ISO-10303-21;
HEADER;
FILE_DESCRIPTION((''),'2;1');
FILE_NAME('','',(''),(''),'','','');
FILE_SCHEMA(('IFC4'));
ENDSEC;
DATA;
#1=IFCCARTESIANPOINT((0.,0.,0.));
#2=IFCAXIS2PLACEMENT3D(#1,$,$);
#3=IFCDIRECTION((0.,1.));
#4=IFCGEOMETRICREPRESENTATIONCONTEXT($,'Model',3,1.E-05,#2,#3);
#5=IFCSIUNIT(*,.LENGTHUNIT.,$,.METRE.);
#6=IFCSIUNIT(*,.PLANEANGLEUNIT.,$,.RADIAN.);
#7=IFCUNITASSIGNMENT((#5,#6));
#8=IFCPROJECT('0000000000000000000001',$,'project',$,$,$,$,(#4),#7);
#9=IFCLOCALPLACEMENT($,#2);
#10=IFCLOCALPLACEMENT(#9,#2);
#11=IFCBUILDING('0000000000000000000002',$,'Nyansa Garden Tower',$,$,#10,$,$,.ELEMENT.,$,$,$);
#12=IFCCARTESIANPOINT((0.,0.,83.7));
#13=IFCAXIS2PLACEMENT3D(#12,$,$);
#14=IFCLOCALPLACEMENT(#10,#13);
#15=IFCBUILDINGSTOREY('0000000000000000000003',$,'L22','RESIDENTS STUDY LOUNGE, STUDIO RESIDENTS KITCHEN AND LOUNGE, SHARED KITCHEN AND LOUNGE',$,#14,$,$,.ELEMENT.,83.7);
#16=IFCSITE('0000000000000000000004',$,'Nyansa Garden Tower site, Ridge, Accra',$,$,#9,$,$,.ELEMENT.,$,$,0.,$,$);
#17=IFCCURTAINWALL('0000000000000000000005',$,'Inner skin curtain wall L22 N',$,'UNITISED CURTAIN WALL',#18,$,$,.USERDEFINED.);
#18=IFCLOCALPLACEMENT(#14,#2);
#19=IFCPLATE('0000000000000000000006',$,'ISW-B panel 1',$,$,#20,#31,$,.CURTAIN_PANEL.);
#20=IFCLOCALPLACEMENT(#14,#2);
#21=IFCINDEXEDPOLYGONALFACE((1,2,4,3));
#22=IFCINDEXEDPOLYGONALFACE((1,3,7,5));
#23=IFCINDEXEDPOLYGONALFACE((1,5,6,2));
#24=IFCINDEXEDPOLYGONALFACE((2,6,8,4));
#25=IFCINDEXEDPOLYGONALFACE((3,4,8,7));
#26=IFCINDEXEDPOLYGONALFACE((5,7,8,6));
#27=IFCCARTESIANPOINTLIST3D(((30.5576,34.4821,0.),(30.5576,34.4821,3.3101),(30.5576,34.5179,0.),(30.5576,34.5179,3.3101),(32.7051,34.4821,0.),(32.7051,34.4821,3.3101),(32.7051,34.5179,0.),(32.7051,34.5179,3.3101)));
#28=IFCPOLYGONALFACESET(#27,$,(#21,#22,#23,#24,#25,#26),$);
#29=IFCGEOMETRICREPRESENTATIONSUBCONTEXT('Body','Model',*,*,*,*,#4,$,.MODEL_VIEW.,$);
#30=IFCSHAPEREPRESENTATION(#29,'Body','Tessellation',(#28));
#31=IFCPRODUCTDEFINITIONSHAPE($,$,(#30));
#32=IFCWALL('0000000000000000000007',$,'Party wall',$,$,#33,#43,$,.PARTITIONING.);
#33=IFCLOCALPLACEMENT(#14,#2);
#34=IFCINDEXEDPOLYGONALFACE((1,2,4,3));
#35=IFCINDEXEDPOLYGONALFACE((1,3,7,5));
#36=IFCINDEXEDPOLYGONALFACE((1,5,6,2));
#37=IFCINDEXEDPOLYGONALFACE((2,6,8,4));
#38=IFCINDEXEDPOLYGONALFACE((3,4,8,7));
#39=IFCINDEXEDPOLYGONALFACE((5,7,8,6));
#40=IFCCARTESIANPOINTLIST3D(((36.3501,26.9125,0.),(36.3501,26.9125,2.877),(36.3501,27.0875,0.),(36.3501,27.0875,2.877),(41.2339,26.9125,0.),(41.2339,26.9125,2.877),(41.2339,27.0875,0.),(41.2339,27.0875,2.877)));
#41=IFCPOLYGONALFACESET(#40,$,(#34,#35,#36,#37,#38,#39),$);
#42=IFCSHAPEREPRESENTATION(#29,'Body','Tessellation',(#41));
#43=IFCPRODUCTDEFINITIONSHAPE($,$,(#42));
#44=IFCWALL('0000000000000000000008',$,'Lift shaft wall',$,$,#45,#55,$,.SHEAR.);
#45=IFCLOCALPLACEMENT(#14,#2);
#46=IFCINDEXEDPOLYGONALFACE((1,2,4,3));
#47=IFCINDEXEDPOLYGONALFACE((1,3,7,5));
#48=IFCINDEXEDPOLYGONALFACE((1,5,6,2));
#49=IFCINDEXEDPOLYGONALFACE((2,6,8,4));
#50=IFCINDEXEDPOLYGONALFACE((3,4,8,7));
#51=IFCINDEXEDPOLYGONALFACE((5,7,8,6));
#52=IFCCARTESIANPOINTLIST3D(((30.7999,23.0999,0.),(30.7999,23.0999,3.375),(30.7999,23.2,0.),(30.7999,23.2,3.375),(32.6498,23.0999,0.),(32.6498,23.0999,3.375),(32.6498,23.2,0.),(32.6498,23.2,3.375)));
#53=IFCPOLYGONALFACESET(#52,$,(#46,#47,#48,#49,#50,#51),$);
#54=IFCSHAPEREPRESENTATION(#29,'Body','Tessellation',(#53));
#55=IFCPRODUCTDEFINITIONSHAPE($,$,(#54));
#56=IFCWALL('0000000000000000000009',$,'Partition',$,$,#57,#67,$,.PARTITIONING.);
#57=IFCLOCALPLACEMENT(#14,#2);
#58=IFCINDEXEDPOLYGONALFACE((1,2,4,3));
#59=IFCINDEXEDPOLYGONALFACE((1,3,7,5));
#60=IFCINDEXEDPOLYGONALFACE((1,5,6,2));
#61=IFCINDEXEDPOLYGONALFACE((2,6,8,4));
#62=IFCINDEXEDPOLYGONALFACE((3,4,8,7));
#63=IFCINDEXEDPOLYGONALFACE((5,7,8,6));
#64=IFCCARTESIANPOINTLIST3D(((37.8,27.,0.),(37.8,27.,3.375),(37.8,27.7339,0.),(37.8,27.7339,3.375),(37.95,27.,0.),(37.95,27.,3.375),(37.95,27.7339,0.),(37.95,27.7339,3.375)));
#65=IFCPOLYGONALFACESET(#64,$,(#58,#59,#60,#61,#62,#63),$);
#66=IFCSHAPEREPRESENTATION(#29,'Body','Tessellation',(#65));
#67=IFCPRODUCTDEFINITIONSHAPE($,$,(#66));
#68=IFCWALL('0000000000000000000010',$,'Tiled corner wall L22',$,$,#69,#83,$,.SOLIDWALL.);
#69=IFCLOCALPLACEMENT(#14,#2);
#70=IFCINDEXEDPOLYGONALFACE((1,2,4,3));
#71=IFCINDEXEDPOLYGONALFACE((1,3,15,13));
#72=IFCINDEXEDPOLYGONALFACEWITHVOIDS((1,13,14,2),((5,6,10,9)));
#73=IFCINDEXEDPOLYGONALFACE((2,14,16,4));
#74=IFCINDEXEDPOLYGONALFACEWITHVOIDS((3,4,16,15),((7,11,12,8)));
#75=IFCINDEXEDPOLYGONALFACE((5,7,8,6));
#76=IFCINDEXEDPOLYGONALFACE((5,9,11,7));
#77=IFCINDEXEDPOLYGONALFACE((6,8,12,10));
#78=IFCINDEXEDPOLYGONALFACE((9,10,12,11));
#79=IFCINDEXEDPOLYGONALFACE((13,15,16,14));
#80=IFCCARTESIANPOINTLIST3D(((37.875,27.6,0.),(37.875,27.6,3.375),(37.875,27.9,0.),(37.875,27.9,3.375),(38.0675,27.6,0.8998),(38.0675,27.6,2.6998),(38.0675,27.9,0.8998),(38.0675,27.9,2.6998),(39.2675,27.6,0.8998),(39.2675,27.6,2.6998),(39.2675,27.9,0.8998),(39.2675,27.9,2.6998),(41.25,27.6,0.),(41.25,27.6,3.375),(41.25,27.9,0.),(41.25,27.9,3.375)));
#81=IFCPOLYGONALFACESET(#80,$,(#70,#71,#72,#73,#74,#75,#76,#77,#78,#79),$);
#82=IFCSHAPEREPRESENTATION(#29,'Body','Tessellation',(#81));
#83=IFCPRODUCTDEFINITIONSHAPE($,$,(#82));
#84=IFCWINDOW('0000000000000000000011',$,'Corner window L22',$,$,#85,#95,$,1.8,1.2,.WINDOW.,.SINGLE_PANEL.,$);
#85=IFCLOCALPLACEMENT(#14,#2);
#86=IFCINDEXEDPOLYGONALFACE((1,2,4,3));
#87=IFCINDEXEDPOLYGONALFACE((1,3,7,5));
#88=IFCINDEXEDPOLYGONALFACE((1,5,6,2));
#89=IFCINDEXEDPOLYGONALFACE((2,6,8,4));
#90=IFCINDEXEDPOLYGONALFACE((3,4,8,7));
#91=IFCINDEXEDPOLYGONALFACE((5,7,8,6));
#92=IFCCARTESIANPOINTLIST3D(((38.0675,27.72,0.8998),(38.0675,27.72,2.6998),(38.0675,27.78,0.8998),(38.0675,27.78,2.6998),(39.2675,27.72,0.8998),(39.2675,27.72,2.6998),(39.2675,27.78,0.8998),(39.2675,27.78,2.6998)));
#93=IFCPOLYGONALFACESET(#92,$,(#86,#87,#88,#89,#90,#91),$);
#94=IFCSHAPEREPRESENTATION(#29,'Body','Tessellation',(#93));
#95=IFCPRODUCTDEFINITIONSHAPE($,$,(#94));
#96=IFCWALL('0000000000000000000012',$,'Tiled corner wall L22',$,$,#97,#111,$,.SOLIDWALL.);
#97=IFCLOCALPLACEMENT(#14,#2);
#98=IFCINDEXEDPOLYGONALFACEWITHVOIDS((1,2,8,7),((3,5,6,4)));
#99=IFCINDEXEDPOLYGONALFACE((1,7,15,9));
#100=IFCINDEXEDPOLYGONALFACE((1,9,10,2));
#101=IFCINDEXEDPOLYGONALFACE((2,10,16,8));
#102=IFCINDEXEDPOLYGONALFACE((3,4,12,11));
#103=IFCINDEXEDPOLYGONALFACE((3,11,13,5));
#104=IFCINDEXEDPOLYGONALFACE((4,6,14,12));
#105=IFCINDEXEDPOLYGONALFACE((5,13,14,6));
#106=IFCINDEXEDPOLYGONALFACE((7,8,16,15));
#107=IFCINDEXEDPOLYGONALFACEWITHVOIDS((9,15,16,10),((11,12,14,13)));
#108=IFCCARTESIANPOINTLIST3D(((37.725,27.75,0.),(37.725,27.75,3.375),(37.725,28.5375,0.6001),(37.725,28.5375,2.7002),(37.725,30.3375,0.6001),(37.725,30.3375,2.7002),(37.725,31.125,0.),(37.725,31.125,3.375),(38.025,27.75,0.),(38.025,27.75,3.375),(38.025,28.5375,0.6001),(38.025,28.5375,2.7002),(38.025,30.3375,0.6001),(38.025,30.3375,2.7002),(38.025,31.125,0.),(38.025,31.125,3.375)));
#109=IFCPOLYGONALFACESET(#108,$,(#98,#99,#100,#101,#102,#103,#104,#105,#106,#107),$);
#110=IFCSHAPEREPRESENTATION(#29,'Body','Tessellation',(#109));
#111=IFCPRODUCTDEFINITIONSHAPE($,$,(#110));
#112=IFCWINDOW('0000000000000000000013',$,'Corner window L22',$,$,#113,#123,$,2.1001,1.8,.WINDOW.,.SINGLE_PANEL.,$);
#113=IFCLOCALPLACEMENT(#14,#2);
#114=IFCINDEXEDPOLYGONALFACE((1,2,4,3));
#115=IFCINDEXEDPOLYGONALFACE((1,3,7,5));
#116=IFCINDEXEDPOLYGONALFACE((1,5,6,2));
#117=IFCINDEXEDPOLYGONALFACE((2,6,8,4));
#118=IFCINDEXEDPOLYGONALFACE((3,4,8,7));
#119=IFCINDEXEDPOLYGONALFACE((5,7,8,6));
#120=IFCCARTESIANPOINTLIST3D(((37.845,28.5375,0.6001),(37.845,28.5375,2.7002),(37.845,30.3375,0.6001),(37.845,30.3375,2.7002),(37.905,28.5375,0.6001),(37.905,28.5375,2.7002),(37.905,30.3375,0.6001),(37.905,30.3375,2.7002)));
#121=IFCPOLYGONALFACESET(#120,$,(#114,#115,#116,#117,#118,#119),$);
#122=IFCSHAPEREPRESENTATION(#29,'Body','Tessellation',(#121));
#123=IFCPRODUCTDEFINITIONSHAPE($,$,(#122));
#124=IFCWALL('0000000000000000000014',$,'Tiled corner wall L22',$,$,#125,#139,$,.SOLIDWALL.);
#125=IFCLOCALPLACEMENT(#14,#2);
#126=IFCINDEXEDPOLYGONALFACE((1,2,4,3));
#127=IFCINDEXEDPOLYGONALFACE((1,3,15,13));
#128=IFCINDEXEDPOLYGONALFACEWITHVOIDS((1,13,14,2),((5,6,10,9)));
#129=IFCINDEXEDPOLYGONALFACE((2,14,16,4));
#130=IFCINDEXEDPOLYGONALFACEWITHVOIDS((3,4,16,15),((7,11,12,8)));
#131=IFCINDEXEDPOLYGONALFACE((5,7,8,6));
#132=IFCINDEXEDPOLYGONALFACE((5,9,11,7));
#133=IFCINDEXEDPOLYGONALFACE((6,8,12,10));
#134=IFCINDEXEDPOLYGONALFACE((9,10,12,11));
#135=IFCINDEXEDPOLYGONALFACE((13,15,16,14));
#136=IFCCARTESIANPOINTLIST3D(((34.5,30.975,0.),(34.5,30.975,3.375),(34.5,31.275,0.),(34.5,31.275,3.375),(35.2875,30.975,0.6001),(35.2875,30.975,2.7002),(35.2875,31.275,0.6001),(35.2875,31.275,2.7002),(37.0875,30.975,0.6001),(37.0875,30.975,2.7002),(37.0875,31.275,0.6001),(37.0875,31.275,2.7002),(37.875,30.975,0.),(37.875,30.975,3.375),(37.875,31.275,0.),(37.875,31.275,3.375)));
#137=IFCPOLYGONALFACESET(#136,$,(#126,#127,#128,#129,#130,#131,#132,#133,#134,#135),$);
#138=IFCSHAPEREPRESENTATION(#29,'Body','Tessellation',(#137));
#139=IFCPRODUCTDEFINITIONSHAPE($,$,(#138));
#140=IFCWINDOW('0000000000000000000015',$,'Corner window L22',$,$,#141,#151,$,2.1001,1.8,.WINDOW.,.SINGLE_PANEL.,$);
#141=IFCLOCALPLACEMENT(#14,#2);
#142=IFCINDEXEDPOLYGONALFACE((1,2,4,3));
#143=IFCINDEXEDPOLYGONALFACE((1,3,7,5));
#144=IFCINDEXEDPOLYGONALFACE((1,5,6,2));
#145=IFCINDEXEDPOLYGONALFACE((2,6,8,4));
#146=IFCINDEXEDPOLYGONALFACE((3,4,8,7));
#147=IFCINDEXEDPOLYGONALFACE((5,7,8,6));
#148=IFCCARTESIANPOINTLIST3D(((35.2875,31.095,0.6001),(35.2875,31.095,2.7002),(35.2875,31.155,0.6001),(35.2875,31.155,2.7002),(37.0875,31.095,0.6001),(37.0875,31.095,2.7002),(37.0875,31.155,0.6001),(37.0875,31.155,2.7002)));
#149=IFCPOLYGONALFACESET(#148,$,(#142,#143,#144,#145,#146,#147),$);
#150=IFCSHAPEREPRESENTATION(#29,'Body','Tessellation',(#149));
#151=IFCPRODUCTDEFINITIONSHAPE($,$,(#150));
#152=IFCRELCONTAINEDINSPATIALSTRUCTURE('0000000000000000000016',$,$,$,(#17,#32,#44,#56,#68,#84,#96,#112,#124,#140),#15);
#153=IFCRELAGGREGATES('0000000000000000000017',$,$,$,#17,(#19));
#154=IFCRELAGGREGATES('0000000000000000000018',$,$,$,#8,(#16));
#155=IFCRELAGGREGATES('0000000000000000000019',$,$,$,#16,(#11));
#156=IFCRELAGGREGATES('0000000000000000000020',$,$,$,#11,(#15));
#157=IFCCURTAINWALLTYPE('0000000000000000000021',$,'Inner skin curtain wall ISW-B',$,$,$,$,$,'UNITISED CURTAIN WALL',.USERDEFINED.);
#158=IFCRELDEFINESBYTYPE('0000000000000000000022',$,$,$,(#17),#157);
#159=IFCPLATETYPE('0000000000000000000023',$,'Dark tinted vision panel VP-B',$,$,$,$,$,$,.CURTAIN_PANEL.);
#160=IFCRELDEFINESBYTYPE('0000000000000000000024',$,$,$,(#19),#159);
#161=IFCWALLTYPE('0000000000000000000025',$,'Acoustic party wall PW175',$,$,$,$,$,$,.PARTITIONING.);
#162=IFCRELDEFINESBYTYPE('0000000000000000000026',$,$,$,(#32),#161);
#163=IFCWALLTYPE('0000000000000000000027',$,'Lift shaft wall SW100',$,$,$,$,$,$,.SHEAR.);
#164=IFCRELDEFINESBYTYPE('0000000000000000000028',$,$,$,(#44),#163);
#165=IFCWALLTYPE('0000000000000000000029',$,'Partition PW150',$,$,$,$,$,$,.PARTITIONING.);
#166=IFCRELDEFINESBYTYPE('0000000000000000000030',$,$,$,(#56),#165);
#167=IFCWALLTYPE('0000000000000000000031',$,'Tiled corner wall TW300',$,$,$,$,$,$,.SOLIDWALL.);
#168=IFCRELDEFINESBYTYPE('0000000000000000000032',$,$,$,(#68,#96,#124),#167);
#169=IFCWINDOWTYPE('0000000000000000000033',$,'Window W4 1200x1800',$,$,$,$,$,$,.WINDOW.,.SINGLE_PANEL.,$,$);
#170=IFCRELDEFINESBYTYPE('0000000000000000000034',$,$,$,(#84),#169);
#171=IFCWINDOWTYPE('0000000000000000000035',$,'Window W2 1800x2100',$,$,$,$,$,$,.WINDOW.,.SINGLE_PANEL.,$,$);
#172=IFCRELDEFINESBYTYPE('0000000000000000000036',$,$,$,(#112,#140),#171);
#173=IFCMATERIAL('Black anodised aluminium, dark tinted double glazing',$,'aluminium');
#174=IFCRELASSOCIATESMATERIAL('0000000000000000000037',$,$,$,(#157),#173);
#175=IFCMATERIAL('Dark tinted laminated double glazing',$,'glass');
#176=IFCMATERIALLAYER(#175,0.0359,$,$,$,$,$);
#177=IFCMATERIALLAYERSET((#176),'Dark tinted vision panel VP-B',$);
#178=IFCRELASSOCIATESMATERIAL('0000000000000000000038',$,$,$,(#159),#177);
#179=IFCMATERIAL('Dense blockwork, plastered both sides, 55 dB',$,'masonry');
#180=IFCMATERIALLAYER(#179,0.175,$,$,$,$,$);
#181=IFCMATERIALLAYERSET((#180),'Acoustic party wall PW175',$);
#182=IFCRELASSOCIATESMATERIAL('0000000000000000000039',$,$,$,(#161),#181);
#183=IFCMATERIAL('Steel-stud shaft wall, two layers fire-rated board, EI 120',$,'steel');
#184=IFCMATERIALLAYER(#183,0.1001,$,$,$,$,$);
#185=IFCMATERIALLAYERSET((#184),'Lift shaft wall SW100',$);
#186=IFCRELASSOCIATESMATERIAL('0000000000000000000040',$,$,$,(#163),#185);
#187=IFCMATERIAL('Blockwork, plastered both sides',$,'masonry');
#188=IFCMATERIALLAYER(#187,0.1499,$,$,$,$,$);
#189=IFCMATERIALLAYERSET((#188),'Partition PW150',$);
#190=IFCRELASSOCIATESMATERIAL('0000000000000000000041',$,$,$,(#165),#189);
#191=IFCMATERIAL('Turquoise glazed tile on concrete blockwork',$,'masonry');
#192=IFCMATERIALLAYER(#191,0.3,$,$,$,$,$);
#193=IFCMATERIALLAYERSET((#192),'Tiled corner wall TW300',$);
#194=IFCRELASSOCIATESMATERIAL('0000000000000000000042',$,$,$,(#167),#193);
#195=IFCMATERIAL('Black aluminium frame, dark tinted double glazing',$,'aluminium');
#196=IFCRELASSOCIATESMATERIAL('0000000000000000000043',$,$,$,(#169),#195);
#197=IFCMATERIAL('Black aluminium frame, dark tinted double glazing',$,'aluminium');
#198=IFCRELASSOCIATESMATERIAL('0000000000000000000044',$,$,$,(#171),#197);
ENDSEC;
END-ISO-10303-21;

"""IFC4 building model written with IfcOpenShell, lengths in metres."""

from ifc_helpers import new_model, si_unit, direction, frame, frame_2d, origin, origin_2d, place, context, subcontext, project, spatial, rectangle, extrude, material, layer, layer_set, type_object, element, fill, aggregate, save


model = new_model("IFC4")

# Units and contexts
model_context = context("Model", 3, precision=1e-05, world=origin(), true_north=direction((0.0, 1.0)))
body_context = subcontext(model_context, "Body", "Model", "MODEL_VIEW")
ifc_project = project(units=[si_unit("LENGTHUNIT", "METRE"), si_unit("PLANEANGLEUNIT", "RADIAN")], contexts=[model_context])

# Site, building, storey
site_placement = place(None, origin())
site = spatial("IfcSite", under=ifc_project, at=site_placement, Name="Nyansa Garden Tower site, Ridge, Accra", CompositionType="ELEMENT", RefElevation=0.0)
building_placement = place(site_placement, origin())
building = spatial("IfcBuilding", under=site, at=building_placement, Name="Nyansa Garden Tower", CompositionType="ELEMENT")
storey_placement = place(building_placement, frame((0.0, 0.0, 83.7)))
storey = spatial("IfcBuildingStorey", under=building, at=storey_placement, Name="L22", Description="RESIDENTS STUDY LOUNGE, STUDIO RESIDENTS KITCHEN AND LOUNGE, SHARED KITCHEN AND LOUNGE", CompositionType="ELEMENT", Elevation=83.7)

# Shared definitions
ifc_material_1 = material(Name="Black anodised aluminium, dark tinted double glazing", Category="aluminium")
curtain_wall_type = type_object("IfcCurtainWallType", Name="Inner skin curtain wall ISW-B", ElementType="UNITISED CURTAIN WALL", PredefinedType="USERDEFINED", material=ifc_material_1)

# Curtain wall
curtain_wall_1_placement = place(storey_placement, origin())
curtain_wall_1 = element("IfcCurtainWall", 1, at=curtain_wall_1_placement, inside=storey, type_object=curtain_wall_type, Name="Inner skin curtain wall L22 N", ObjectType="UNITISED CURTAIN WALL", PredefinedType="USERDEFINED")

# Plate
ifc_material_2 = material(Name="Dark tinted laminated double glazing", Category="glass")
ifc_layer_1 = layer(ifc_material_2, 0.0359)
ifc_layer_set_1 = layer_set([ifc_layer_1], Name="Dark tinted vision panel VP-B")
plate_type = type_object("IfcPlateType", Name="Dark tinted vision panel VP-B", PredefinedType="CURTAIN_PANEL", material=ifc_layer_set_1)
plate_1_placement = place(storey_placement, frame((31.6313, 34.5, 0.0), z_axis=(0.0, 0.0, 1.0), x_axis=(-1.0, 0.0, 0.0)))
plate_1 = element("IfcPlate", 2, at=plate_1_placement, type_object=plate_type, Name="ISW-B panel 1", PredefinedType="CURTAIN_PANEL", context=body_context, shape_type="SweptSolid", body=[
    extrude(rectangle(XDim=2.1475, YDim=0.0359, at=origin_2d()), origin(), (0.0, 0.0, 1.0), 3.3101),
])
aggregate(curtain_wall_1, [plate_1])

# Walls
ifc_material_3 = material(Name="Dense blockwork, plastered both sides, 55 dB", Category="masonry")
ifc_layer_2 = layer(ifc_material_3, 0.175)
ifc_layer_set_2 = layer_set([ifc_layer_2], Name="Acoustic party wall PW175")
wall_type_1 = type_object("IfcWallType", Name="Acoustic party wall PW175", PredefinedType="PARTITIONING", material=ifc_layer_set_2)
wall_1_placement = place(storey_placement, frame((36.3501, 27.0, 0.0), z_axis=(0.0, 0.0, 1.0), x_axis=(1.0, 0.0, 0.0)))
element("IfcWall", 3, at=wall_1_placement, inside=storey, type_object=wall_type_1, Name="Party wall", PredefinedType="PARTITIONING", context=body_context, shape_type="SweptSolid", body=[
    extrude(rectangle(XDim=4.8838, YDim=0.175, at=frame_2d((2.4419, 0.0))), origin(), (0.0, 0.0, 1.0), 2.877),
])
ifc_material_4 = material(Name="Steel-stud shaft wall, two layers fire-rated board, EI 120", Category="steel")
ifc_layer_3 = layer(ifc_material_4, 0.1001)
ifc_layer_set_3 = layer_set([ifc_layer_3], Name="Lift shaft wall SW100")
wall_type_2 = type_object("IfcWallType", Name="Lift shaft wall SW100", PredefinedType="SHEAR", material=ifc_layer_set_3)
wall_2_placement = place(storey_placement, frame((30.8, 23.1499, 0.0), z_axis=(0.0, 0.0, 1.0), x_axis=(1.0, 0.0, 0.0)))
element("IfcWall", 4, at=wall_2_placement, inside=storey, type_object=wall_type_2, Name="Lift shaft wall", PredefinedType="SHEAR", context=body_context, shape_type="SweptSolid", body=[
    extrude(rectangle(XDim=1.8499, YDim=0.1001, at=frame_2d((0.9248, 0.0))), origin(), (0.0, 0.0, 1.0), 3.375),
])
ifc_material_5 = material(Name="Blockwork, plastered both sides", Category="masonry")
ifc_layer_4 = layer(ifc_material_5, 0.1499)
ifc_layer_set_4 = layer_set([ifc_layer_4], Name="Partition PW150")
wall_type_3 = type_object("IfcWallType", Name="Partition PW150", PredefinedType="PARTITIONING", material=ifc_layer_set_4)
wall_3_placement = place(storey_placement, frame((37.875, 27.0, 0.0), z_axis=(0.0, 0.0, 1.0), x_axis=(0.0, 1.0, 0.0)))
element("IfcWall", 5, at=wall_3_placement, inside=storey, type_object=wall_type_3, Name="Partition", PredefinedType="PARTITIONING", context=body_context, shape_type="SweptSolid", body=[
    extrude(rectangle(XDim=0.7339, YDim=0.1499, at=frame_2d((0.3669, 0.0))), origin(), (0.0, 0.0, 1.0), 3.375),
])

# Walls, openings, windows
ifc_material_6 = material(Name="Turquoise glazed tile on concrete blockwork", Category="masonry")
ifc_layer_5 = layer(ifc_material_6, 0.3)
ifc_layer_set_5 = layer_set([ifc_layer_5], Name="Tiled corner wall TW300")
wall_type_4 = type_object("IfcWallType", Name="Tiled corner wall TW300", PredefinedType="SOLIDWALL", material=ifc_layer_set_5)
wall_4_placement = place(storey_placement, frame((41.25, 27.75, 0.0), z_axis=(0.0, 0.0, 1.0), x_axis=(-1.0, 0.0, 0.0)))
wall_4 = element("IfcWall", 6, at=wall_4_placement, inside=storey, type_object=wall_type_4, Name="Tiled corner wall L22", PredefinedType="SOLIDWALL", context=body_context, shape_type="SweptSolid", body=[
    extrude(rectangle(XDim=3.375, YDim=0.3, at=frame_2d((1.6875, 0.0))), origin(), (0.0, 0.0, 1.0), 3.375),
])
opening_1_placement = place(wall_4_placement, frame((1.9824, 0.0, 0.8999)))
opening_1 = element("IfcOpeningElement", 7, at=opening_1_placement, cuts=wall_4, PredefinedType="OPENING", context=body_context, shape_type="SweptSolid", body=[
    extrude(rectangle(XDim=1.2, YDim=1.8, at=frame_2d((0.6001, 0.8999))), frame((0.0, 0.1599, 0.0), z_axis=(0.0, -1.0, 0.0), x_axis=(1.0, 0.0, 0.0)), (0.0, 0.0, 1.0), 0.3201),
])
ifc_material_7 = material(Name="Black aluminium frame, dark tinted double glazing", Category="aluminium")
window_type_1 = type_object("IfcWindowType", Name="Window W4 1200x1800", PartitioningType="SINGLE_PANEL", PredefinedType="WINDOW", material=ifc_material_7)
window_1_placement = place(opening_1_placement, origin())
window_1 = element("IfcWindow", 8, at=window_1_placement, inside=storey, type_object=window_type_1, Name="Corner window L22", OverallHeight=1.8, OverallWidth=1.2, PartitioningType="SINGLE_PANEL", PredefinedType="WINDOW", context=body_context, shape_type="SweptSolid", body=[
    extrude(rectangle(XDim=1.2, YDim=1.8, at=frame_2d((0.6001, 0.8999))), frame((0.0, 0.03, 0.0), z_axis=(0.0, -1.0, 0.0), x_axis=(1.0, 0.0, 0.0)), (0.0, 0.0, 1.0), 0.0601),
])
fill(opening_1, window_1)
wall_5_placement = place(storey_placement, frame((37.875, 27.75, 0.0), z_axis=(0.0, 0.0, 1.0), x_axis=(0.0, 1.0, 0.0)))
wall_5 = element("IfcWall", 9, at=wall_5_placement, inside=storey, type_object=wall_type_4, Name="Tiled corner wall L22", PredefinedType="SOLIDWALL", context=body_context, shape_type="SweptSolid", body=[
    extrude(rectangle(XDim=3.375, YDim=0.3, at=frame_2d((1.6875, 0.0))), origin(), (0.0, 0.0, 1.0), 3.375),
])
opening_2_placement = place(wall_5_placement, frame((0.7876, 0.0, 0.6001)))
opening_2 = element("IfcOpeningElement", 10, at=opening_2_placement, cuts=wall_5, PredefinedType="OPENING", context=body_context, shape_type="SweptSolid", body=[
    extrude(rectangle(XDim=1.8, YDim=2.1001, at=frame_2d((0.8999, 1.05))), frame((0.0, 0.1599, 0.0), z_axis=(0.0, -1.0, 0.0), x_axis=(1.0, 0.0, 0.0)), (0.0, 0.0, 1.0), 0.3201),
])
ifc_material_8 = material(Name="Black aluminium frame, dark tinted double glazing", Category="aluminium")
window_type_2 = type_object("IfcWindowType", Name="Window W2 1800x2100", PartitioningType="SINGLE_PANEL", PredefinedType="WINDOW", material=ifc_material_8)
window_2_placement = place(opening_2_placement, origin())
window_2 = element("IfcWindow", 11, at=window_2_placement, inside=storey, type_object=window_type_2, Name="Corner window L22", OverallHeight=2.1001, OverallWidth=1.8, PartitioningType="SINGLE_PANEL", PredefinedType="WINDOW", context=body_context, shape_type="SweptSolid", body=[
    extrude(rectangle(XDim=1.8, YDim=2.1001, at=frame_2d((0.8999, 1.05))), frame((0.0, 0.03, 0.0), z_axis=(0.0, -1.0, 0.0), x_axis=(1.0, 0.0, 0.0)), (0.0, 0.0, 1.0), 0.0601),
])
fill(opening_2, window_2)
wall_6_placement = place(storey_placement, frame((37.875, 31.125, 0.0), z_axis=(0.0, 0.0, 1.0), x_axis=(-1.0, 0.0, 0.0)))
wall_6 = element("IfcWall", 12, at=wall_6_placement, inside=storey, type_object=wall_type_4, Name="Tiled corner wall L22", PredefinedType="SOLIDWALL", context=body_context, shape_type="SweptSolid", body=[
    extrude(rectangle(XDim=3.375, YDim=0.3, at=frame_2d((1.6875, 0.0))), origin(), (0.0, 0.0, 1.0), 3.375),
])
opening_3_placement = place(wall_6_placement, frame((0.7876, 0.0, 0.6001)))
opening_3 = element("IfcOpeningElement", 13, at=opening_3_placement, cuts=wall_6, PredefinedType="OPENING", context=body_context, shape_type="SweptSolid", body=[
    extrude(rectangle(XDim=1.8, YDim=2.1001, at=frame_2d((0.8999, 1.05))), frame((0.0, 0.1599, 0.0), z_axis=(0.0, -1.0, 0.0), x_axis=(1.0, 0.0, 0.0)), (0.0, 0.0, 1.0), 0.3201),
])
window_3_placement = place(opening_3_placement, origin())
window_3 = element("IfcWindow", 14, at=window_3_placement, inside=storey, type_object=window_type_2, Name="Corner window L22", OverallHeight=2.1001, OverallWidth=1.8, PartitioningType="SINGLE_PANEL", PredefinedType="WINDOW", context=body_context, shape_type="SweptSolid", body=[
    extrude(rectangle(XDim=1.8, YDim=2.1001, at=frame_2d((0.8999, 1.05))), frame((0.0, 0.03, 0.0), z_axis=(0.0, -1.0, 0.0), x_axis=(1.0, 0.0, 0.0)), (0.0, 0.0, 1.0), 0.0601),
])
fill(opening_3, window_3)

save(model, "model.ifc")
